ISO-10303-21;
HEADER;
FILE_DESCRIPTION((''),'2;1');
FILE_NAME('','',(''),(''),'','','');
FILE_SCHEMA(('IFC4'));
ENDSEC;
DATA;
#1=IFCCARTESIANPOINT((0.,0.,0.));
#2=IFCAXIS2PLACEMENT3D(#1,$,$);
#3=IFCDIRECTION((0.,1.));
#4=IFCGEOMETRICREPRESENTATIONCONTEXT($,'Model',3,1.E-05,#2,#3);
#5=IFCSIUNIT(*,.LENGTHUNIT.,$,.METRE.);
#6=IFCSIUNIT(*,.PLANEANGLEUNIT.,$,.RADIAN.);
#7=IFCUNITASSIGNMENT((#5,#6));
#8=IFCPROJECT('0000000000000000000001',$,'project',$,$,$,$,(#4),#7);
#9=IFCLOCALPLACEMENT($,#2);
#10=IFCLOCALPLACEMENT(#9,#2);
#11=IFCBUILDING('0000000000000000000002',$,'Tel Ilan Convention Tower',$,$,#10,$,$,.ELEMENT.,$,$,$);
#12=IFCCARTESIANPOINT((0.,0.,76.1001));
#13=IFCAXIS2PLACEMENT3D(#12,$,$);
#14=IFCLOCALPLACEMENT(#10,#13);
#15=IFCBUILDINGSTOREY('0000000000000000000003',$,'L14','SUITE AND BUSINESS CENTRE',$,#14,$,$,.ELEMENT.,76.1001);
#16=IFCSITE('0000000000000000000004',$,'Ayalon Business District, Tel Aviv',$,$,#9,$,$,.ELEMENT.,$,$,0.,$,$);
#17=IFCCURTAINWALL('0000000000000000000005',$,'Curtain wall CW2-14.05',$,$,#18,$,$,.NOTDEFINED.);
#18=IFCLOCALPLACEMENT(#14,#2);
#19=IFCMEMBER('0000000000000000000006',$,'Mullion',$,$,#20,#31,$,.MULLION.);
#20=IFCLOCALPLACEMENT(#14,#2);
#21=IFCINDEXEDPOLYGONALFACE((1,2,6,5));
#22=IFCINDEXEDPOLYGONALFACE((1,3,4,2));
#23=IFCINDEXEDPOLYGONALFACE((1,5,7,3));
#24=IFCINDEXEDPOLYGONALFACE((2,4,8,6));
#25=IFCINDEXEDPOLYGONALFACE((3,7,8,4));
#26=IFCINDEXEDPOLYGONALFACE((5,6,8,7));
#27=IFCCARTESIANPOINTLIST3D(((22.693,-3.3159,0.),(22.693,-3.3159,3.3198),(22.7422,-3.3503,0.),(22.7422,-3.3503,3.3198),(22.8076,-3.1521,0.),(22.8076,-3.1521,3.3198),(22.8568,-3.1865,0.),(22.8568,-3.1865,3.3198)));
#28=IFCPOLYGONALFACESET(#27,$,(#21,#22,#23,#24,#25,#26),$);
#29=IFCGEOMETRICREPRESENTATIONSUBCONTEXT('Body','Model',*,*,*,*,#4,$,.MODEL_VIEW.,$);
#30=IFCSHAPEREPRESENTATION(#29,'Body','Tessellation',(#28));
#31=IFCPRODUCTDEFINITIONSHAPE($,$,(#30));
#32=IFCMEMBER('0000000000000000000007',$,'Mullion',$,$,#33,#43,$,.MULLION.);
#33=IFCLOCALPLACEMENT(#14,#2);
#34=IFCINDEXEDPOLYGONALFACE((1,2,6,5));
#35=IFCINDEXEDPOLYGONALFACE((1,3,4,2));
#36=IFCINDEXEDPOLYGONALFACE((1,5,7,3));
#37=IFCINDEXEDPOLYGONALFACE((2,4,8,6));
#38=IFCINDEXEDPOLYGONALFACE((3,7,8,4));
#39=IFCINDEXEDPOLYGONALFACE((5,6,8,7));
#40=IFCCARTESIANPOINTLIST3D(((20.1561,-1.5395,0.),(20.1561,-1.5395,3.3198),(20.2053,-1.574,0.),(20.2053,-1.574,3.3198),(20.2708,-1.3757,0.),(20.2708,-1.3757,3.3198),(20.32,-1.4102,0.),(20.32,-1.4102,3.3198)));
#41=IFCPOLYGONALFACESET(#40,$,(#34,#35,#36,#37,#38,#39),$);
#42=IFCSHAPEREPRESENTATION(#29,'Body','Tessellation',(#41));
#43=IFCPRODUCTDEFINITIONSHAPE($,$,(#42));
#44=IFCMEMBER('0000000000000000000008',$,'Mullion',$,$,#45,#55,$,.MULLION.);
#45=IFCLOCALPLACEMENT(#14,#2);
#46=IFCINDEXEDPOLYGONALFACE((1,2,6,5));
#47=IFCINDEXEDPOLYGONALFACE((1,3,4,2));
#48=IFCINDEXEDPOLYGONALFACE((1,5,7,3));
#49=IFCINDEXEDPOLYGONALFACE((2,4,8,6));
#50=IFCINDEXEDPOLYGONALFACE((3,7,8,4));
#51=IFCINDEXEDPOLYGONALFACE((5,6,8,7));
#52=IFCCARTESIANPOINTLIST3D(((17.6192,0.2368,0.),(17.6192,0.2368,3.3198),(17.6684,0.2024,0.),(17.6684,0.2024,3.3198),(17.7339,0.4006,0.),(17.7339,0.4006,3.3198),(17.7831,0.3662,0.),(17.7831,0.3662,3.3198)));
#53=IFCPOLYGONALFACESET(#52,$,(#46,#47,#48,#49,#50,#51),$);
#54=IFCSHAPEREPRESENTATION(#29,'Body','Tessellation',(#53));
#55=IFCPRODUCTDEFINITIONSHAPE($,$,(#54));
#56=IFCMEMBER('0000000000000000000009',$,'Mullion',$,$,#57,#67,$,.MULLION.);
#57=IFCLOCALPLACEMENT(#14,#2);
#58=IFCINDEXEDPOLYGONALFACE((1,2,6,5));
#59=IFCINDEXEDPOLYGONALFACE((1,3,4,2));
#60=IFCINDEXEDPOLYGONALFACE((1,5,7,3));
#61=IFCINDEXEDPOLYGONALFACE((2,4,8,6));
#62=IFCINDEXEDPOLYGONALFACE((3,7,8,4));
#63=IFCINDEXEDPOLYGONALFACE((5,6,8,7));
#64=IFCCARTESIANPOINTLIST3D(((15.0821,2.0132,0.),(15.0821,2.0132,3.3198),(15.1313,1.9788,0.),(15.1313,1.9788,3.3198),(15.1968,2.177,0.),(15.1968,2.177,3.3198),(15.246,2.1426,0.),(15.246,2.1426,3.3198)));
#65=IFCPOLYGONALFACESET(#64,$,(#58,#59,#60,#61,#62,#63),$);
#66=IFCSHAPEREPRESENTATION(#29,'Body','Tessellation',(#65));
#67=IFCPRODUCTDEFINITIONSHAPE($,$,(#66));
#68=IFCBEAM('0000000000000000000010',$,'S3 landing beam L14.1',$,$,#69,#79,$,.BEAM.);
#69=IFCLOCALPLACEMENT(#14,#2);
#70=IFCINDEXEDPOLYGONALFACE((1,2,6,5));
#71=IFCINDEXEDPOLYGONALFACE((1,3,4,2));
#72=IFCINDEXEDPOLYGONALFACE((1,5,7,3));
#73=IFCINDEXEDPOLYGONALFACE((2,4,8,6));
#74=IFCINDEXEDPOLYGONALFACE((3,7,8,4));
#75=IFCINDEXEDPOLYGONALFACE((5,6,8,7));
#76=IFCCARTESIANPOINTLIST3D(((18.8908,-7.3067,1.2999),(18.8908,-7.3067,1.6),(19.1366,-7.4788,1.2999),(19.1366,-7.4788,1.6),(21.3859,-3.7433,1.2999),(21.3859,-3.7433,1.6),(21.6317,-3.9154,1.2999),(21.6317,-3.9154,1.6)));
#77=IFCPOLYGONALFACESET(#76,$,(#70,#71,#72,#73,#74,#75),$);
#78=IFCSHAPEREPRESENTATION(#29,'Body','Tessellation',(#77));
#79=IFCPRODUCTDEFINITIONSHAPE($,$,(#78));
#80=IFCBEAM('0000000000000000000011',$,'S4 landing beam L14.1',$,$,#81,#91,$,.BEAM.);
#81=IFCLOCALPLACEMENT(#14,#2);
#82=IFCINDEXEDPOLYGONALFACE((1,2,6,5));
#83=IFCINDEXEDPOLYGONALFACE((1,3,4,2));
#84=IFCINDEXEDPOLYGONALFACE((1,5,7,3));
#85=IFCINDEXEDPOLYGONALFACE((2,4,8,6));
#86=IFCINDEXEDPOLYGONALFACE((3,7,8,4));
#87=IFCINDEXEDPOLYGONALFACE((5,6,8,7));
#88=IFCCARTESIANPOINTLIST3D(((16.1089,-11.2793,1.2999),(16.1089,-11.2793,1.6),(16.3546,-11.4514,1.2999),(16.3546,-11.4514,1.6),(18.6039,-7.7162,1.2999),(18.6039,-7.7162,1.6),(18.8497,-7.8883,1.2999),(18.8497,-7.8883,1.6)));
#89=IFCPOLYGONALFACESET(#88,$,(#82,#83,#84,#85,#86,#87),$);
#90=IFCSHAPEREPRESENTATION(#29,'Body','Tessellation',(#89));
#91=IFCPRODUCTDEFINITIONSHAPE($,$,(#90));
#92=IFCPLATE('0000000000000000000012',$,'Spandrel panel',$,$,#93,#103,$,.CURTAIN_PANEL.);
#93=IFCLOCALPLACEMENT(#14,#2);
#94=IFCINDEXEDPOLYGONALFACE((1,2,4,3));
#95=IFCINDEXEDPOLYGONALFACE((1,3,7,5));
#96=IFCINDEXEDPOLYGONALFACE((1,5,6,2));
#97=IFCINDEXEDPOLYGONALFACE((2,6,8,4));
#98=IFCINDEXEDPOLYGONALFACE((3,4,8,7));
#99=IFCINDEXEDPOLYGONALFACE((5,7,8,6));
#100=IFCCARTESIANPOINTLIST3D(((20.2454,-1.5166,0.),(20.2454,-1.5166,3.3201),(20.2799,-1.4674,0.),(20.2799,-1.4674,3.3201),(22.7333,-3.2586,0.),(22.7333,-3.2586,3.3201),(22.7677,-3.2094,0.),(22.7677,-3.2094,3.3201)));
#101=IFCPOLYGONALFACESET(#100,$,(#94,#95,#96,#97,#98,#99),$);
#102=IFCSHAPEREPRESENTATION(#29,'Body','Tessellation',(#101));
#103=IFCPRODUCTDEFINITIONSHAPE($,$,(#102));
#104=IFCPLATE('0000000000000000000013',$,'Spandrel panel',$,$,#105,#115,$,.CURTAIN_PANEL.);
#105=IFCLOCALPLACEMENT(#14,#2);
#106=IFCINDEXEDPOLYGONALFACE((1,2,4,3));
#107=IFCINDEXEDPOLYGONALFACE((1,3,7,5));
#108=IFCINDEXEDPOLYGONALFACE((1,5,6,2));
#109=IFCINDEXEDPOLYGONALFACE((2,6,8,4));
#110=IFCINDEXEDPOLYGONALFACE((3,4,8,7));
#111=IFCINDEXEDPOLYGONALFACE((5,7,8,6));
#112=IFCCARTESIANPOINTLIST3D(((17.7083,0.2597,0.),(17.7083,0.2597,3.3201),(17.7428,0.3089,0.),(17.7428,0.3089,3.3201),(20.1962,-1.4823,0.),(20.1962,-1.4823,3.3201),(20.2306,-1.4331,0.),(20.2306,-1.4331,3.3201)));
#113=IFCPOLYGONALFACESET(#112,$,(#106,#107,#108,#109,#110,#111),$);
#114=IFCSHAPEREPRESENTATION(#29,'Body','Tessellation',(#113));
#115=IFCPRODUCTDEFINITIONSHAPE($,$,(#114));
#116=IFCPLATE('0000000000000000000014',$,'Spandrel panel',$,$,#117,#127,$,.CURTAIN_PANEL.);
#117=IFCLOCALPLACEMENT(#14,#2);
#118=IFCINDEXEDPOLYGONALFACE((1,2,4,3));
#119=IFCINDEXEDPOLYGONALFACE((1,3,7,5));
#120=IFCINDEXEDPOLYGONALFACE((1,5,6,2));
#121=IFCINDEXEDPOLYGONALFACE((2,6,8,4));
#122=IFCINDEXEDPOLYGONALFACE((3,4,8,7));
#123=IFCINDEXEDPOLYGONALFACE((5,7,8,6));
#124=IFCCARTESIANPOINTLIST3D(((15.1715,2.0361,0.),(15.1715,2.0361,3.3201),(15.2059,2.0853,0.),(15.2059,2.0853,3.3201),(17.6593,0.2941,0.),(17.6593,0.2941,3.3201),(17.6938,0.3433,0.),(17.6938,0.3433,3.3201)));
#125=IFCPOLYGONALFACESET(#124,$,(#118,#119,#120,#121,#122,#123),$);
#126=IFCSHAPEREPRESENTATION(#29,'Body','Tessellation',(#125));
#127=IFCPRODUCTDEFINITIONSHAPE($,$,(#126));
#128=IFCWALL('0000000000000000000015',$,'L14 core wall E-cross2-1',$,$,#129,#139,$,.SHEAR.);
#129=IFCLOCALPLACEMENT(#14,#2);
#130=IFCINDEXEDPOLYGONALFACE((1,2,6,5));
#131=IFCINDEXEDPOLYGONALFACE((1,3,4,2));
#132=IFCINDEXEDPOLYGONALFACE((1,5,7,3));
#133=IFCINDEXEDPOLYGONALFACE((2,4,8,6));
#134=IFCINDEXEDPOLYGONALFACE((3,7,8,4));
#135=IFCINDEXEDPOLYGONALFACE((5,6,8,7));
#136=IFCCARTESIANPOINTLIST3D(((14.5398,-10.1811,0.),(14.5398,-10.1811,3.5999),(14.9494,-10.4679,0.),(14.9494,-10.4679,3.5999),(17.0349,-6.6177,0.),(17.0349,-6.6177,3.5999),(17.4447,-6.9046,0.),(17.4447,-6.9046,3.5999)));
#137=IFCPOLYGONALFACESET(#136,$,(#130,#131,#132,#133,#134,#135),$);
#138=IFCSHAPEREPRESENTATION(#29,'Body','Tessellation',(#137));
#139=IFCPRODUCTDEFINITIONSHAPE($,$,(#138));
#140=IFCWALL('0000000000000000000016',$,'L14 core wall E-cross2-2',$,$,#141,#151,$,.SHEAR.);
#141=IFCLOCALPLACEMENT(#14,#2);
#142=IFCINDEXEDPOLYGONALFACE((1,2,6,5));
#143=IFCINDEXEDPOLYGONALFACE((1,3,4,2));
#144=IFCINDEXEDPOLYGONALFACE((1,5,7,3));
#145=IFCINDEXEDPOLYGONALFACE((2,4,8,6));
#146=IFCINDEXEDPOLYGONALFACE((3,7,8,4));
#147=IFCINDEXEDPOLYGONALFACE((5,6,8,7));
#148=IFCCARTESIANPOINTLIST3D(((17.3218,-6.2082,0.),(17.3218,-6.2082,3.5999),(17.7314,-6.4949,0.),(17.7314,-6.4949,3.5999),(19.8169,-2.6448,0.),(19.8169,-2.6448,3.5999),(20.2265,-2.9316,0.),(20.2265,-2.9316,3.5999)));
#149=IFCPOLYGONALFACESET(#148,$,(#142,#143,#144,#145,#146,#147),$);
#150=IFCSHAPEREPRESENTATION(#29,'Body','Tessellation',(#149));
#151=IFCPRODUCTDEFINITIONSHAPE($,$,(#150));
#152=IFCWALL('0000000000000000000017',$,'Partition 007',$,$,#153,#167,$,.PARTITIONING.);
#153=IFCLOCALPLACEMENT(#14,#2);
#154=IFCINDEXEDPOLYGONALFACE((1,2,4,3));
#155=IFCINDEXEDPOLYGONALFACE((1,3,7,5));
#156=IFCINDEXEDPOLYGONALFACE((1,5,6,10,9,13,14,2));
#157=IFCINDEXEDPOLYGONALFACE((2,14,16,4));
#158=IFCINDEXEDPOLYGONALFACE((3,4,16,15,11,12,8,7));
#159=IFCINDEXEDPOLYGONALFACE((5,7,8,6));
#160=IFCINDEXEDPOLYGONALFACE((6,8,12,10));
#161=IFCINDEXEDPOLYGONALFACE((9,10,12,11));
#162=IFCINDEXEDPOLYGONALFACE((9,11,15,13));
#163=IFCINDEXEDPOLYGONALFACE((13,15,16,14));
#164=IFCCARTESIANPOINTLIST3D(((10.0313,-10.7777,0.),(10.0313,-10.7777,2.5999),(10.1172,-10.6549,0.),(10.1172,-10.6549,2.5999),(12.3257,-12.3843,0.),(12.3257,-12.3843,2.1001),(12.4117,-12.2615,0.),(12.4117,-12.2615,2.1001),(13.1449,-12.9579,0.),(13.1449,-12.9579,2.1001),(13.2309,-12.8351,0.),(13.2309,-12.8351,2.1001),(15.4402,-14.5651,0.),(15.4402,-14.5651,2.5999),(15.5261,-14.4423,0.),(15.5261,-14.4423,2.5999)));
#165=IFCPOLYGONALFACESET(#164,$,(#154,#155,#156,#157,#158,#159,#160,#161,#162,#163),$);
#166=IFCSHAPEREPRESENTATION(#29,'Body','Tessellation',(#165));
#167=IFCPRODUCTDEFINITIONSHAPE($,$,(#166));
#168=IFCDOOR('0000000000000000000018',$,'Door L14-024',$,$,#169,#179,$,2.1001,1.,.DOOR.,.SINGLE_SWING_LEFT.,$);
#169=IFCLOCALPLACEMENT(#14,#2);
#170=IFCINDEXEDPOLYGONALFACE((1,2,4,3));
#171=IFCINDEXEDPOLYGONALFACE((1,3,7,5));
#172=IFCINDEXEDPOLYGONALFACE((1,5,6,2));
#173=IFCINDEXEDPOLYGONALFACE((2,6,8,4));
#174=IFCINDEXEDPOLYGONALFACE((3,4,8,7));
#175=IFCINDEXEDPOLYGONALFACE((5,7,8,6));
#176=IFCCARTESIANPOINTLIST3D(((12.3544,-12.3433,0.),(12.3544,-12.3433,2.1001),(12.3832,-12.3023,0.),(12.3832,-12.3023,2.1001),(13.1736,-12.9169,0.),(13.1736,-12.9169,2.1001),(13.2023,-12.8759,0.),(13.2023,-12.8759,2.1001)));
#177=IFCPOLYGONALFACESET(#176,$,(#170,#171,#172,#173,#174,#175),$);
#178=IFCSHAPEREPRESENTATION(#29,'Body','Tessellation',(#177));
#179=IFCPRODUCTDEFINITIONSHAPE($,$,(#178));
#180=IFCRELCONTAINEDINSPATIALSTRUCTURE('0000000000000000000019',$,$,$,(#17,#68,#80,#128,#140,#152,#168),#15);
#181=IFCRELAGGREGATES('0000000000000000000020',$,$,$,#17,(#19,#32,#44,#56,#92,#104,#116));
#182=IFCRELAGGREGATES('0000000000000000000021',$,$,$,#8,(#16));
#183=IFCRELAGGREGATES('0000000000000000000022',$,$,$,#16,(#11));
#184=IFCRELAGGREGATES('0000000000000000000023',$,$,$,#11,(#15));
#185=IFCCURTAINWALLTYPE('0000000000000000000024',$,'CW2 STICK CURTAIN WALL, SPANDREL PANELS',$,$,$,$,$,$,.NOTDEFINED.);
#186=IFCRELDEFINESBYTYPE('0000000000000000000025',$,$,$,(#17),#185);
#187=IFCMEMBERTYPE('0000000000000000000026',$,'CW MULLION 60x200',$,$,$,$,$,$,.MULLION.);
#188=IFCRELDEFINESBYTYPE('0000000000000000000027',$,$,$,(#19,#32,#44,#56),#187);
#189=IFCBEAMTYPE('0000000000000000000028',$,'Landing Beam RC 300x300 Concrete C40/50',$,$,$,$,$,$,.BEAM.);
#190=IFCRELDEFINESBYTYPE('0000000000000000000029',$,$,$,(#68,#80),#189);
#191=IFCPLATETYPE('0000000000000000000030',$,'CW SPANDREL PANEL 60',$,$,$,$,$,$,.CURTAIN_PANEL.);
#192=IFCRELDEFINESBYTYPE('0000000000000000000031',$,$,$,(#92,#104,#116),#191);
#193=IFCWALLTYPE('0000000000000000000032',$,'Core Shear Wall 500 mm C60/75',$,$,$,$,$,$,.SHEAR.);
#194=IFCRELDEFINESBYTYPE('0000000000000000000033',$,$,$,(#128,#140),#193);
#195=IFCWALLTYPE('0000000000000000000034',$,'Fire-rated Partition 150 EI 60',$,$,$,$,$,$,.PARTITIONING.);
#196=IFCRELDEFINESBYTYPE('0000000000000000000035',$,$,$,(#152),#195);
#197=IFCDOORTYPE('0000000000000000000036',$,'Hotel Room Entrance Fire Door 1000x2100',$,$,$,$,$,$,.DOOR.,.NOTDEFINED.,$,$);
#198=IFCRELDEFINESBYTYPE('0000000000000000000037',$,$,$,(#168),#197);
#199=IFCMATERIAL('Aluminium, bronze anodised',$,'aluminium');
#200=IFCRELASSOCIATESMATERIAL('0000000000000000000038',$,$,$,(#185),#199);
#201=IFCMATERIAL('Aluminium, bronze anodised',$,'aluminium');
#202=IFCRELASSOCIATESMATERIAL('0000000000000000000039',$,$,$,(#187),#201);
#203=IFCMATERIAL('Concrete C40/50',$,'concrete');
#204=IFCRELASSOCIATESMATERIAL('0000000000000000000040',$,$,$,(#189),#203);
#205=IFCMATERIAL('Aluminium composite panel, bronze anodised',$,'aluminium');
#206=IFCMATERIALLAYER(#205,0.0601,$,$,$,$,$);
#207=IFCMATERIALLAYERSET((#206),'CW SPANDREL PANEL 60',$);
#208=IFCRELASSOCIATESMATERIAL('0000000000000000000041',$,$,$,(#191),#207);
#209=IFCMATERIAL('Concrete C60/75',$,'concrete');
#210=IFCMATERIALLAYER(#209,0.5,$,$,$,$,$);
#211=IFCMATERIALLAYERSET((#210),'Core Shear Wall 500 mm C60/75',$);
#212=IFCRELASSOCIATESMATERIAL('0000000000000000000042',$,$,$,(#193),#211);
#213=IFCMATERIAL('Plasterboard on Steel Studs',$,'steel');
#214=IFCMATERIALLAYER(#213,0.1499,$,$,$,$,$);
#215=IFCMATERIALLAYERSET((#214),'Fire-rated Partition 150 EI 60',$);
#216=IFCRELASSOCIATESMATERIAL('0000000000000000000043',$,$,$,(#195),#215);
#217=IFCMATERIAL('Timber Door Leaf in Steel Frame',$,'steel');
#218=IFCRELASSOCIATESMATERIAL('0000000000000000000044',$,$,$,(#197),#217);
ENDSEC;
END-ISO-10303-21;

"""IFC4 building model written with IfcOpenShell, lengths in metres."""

from ifc_helpers import new_model, si_unit, direction, frame, frame_2d, origin, origin_2d, place, context, subcontext, project, spatial, polyline, rectangle, outline, extrude, material, layer, layer_set, material_profile, profile_set, type_object, element, fill, aggregate, save


model = new_model("IFC4")

# Units and contexts
model_context = context("Model", 3, precision=1e-05, world=origin(), true_north=direction((0.0, 1.0)))
body_context = subcontext(model_context, "Body", "Model", "MODEL_VIEW")
ifc_project = project(units=[si_unit("LENGTHUNIT", "METRE"), si_unit("PLANEANGLEUNIT", "RADIAN")], contexts=[model_context])

# Site, building, storey
site_placement = place(None, origin())
site = spatial("IfcSite", under=ifc_project, at=site_placement, Name="Ayalon Business District, Tel Aviv", CompositionType="ELEMENT", RefElevation=0.0)
building_placement = place(site_placement, origin())
building = spatial("IfcBuilding", under=site, at=building_placement, Name="Tel Ilan Convention Tower", CompositionType="ELEMENT")
storey_placement = place(building_placement, frame((0.0, 0.0, 76.1001)))
storey = spatial("IfcBuildingStorey", under=building, at=storey_placement, Name="L14", Description="SUITE AND BUSINESS CENTRE", CompositionType="ELEMENT", Elevation=76.1001)

# Curtain wall, members
ifc_material_1 = material(Name="Aluminium, bronze anodised", Category="aluminium")
curtain_wall_type = type_object("IfcCurtainWallType", Name="CW2 STICK CURTAIN WALL, SPANDREL PANELS", PredefinedType="NOTDEFINED", material=ifc_material_1)
curtain_wall_placement = place(storey_placement, origin())
curtain_wall = element("IfcCurtainWall", 1, at=curtain_wall_placement, inside=storey, type_object=curtain_wall_type, Name="Curtain wall CW2-14.05", PredefinedType="NOTDEFINED")
ifc_material_2 = material(Name="Aluminium, bronze anodised", Category="aluminium")
ifc_material_profile_1 = material_profile(ifc_material_2, rectangle(XDim=0.0601, YDim=0.2, at=origin_2d()), Name="CW MULLION 60x200")
ifc_profile_set_1 = profile_set([ifc_material_profile_1], Name="Aluminium, bronze anodised")
member_type = type_object("IfcMemberType", Name="CW MULLION 60x200", PredefinedType="MULLION", material=ifc_profile_set_1)
member_1_placement = place(storey_placement, frame((22.7749, -3.2512, 0.0), z_axis=(0.0, 0.0, 1.0), x_axis=(-0.819152, 0.573576, 0.0)))
member_1 = element("IfcMember", 2, at=member_1_placement, type_object=member_type, Name="Mullion", PredefinedType="MULLION", context=body_context, shape_type="SweptSolid", body=[
    extrude(rectangle(XDim=0.0601, YDim=0.2, at=origin_2d()), origin(), (0.0, 0.0, 1.0), 3.3198),
])
member_2_placement = place(storey_placement, frame((20.238, -1.4749, 0.0), z_axis=(0.0, 0.0, 1.0), x_axis=(-0.819152, 0.573576, 0.0)))
member_2 = element("IfcMember", 3, at=member_2_placement, type_object=member_type, Name="Mullion", PredefinedType="MULLION", context=body_context, shape_type="SweptSolid", body=[
    extrude(rectangle(XDim=0.0601, YDim=0.2, at=origin_2d()), origin(), (0.0, 0.0, 1.0), 3.3198),
])
member_3_placement = place(storey_placement, frame((17.7012, 0.3015, 0.0), z_axis=(0.0, 0.0, 1.0), x_axis=(-0.819152, 0.573576, 0.0)))
member_3 = element("IfcMember", 4, at=member_3_placement, type_object=member_type, Name="Mullion", PredefinedType="MULLION", context=body_context, shape_type="SweptSolid", body=[
    extrude(rectangle(XDim=0.0601, YDim=0.2, at=origin_2d()), origin(), (0.0, 0.0, 1.0), 3.3198),
])
member_4_placement = place(storey_placement, frame((15.1641, 2.0779, 0.0), z_axis=(0.0, 0.0, 1.0), x_axis=(-0.819152, 0.573576, 0.0)))
member_4 = element("IfcMember", 5, at=member_4_placement, type_object=member_type, Name="Mullion", PredefinedType="MULLION", context=body_context, shape_type="SweptSolid", body=[
    extrude(rectangle(XDim=0.0601, YDim=0.2, at=origin_2d()), origin(), (0.0, 0.0, 1.0), 3.3198),
])

# Beams
ifc_material_3 = material(Name="Concrete C40/50", Category="concrete")
ifc_material_profile_2 = material_profile(ifc_material_3, rectangle(XDim=0.3, YDim=0.3, at=origin_2d()), Name="RC 300x300")
ifc_profile_set_2 = profile_set([ifc_material_profile_2], Name="Concrete C40/50")
beam_type = type_object("IfcBeamType", Name="Landing Beam RC 300x300 Concrete C40/50", PredefinedType="BEAM", material=ifc_profile_set_2)
beam_1_placement = place(storey_placement, frame((21.5088, -3.8293, 1.45), z_axis=(-0.573568, -0.819158, 0.0), x_axis=(0.819158, -0.573568, 0.0)))
element("IfcBeam", 6, at=beam_1_placement, inside=storey, type_object=beam_type, Name="S3 landing beam L14.1", PredefinedType="BEAM", context=body_context, shape_type="SweptSolid", body=[
    extrude(rectangle(XDim=0.3, YDim=0.3, at=origin_2d()), origin(), (0.0, 0.0, 1.0), 4.3501),
])
beam_2_placement = place(storey_placement, frame((18.7268, -7.8022, 1.45), z_axis=(-0.573594, -0.81914, 0.0), x_axis=(0.81914, -0.573594, 0.0)))
element("IfcBeam", 7, at=beam_2_placement, inside=storey, type_object=beam_type, Name="S4 landing beam L14.1", PredefinedType="BEAM", context=body_context, shape_type="SweptSolid", body=[
    extrude(rectangle(XDim=0.3, YDim=0.3, at=origin_2d()), origin(), (0.0, 0.0, 1.0), 4.3499),
])

# Plates
ifc_material_4 = material(Name="Aluminium composite panel, bronze anodised", Category="aluminium")
ifc_layer_1 = layer(ifc_material_4, 0.0601)
ifc_layer_set_1 = layer_set([ifc_layer_1], Name="CW SPANDREL PANEL 60")
plate_type = type_object("IfcPlateType", Name="CW SPANDREL PANEL 60", PredefinedType="CURTAIN_PANEL", material=ifc_layer_set_1)
plate_1_placement = place(storey_placement, frame((21.5066, -2.363, 0.0), z_axis=(0.0, 0.0, 1.0), x_axis=(-0.819152, 0.573576, 0.0)))
plate_1 = element("IfcPlate", 8, at=plate_1_placement, type_object=plate_type, Name="Spandrel panel", PredefinedType="CURTAIN_PANEL", context=body_context, shape_type="SweptSolid", body=[
    extrude(rectangle(XDim=3.0371, YDim=0.0601, at=origin_2d()), origin(), (0.0, 0.0, 1.0), 3.3201),
])
plate_2_placement = place(storey_placement, frame((18.9695, -0.5867, 0.0), z_axis=(0.0, 0.0, 1.0), x_axis=(-0.819152, 0.573576, 0.0)))
plate_2 = element("IfcPlate", 9, at=plate_2_placement, type_object=plate_type, Name="Spandrel panel", PredefinedType="CURTAIN_PANEL", context=body_context, shape_type="SweptSolid", body=[
    extrude(rectangle(XDim=3.0371, YDim=0.0601, at=origin_2d()), origin(), (0.0, 0.0, 1.0), 3.3201),
])
plate_3_placement = place(storey_placement, frame((16.4326, 1.1897, 0.0), z_axis=(0.0, 0.0, 1.0), x_axis=(-0.819152, 0.573576, 0.0)))
plate_3 = element("IfcPlate", 10, at=plate_3_placement, type_object=plate_type, Name="Spandrel panel", PredefinedType="CURTAIN_PANEL", context=body_context, shape_type="SweptSolid", body=[
    extrude(rectangle(XDim=3.0371, YDim=0.0601, at=origin_2d()), origin(), (0.0, 0.0, 1.0), 3.3201),
])
aggregate(curtain_wall, [member_1, member_2, member_3, member_4, plate_1, plate_2, plate_3])

# Walls
ifc_material_5 = material(Name="Concrete C60/75", Category="concrete")
ifc_layer_2 = layer(ifc_material_5, 0.5)
ifc_layer_set_2 = layer_set([ifc_layer_2], Name="Core Shear Wall 500 mm C60/75")
wall_type_1 = type_object("IfcWallType", Name="Core Shear Wall 500 mm C60/75", PredefinedType="SHEAR", material=ifc_layer_set_2)
wall_1_placement = place(storey_placement, frame((14.7446, -10.3245, 0.0), z_axis=(0.0, 0.0, 1.0), x_axis=(0.573568, 0.819158, 0.0)))
element("IfcWall", 11, at=wall_1_placement, inside=storey, type_object=wall_type_1, Name="L14 core wall E-cross2-1", PredefinedType="SHEAR", context=body_context, shape_type="SweptSolid", body=[
    extrude(outline(polyline([(0.0, 0.25), (0.0, -0.25), (4.3501, -0.2502), (4.3501, 0.25), (0.0, 0.25)])), origin(), (0.0, 0.0, 1.0), 3.5999),
])
wall_2_placement = place(storey_placement, frame((17.5266, -6.3516, 0.0), z_axis=(0.0, 0.0, 1.0), x_axis=(0.57353, 0.819184, 0.0)))
element("IfcWall", 12, at=wall_2_placement, inside=storey, type_object=wall_type_1, Name="L14 core wall E-cross2-2", PredefinedType="SHEAR", context=body_context, shape_type="SweptSolid", body=[
    extrude(outline(polyline([(4.3501, -0.2502), (4.3501, 0.2498), (0.0, 0.25), (0.0, -0.25), (4.3501, -0.2502)])), origin(), (0.0, 0.0, 1.0), 3.5999),
])

# Wall, opening, door
ifc_material_6 = material(Name="Plasterboard on Steel Studs", Category="steel")
ifc_layer_3 = layer(ifc_material_6, 0.1499)
ifc_layer_set_3 = layer_set([ifc_layer_3], Name="Fire-rated Partition 150 EI 60")
wall_type_2 = type_object("IfcWallType", Name="Fire-rated Partition 150 EI 60", PredefinedType="PARTITIONING", material=ifc_layer_set_3)
wall_3_placement = place(storey_placement, frame((15.4832, -14.5037, 0.0), z_axis=(0.0, 0.0, 1.0), x_axis=(-0.819154, 0.573574, 0.0)))
wall_3 = element("IfcWall", 13, at=wall_3_placement, inside=storey, type_object=wall_type_2, Name="Partition 007", PredefinedType="PARTITIONING", context=body_context, shape_type="SweptSolid", body=[
    extrude(rectangle(XDim=6.603, YDim=0.1499, at=frame_2d((3.3015, 0.0))), origin(), (0.0, 0.0, 1.0), 2.5999),
])
opening_placement = place(wall_3_placement, frame((2.802, 0.0, 0.0)))
opening = element("IfcOpeningElement", 14, at=opening_placement, cuts=wall_3, PredefinedType="OPENING", context=body_context, shape_type="SweptSolid", body=[
    extrude(rectangle(XDim=1.0, YDim=2.1001, at=frame_2d((0.5, 1.05))), frame((0.0, 0.085, 0.0), z_axis=(0.0, -1.0, 0.0), x_axis=(1.0, 0.0, 0.0)), (0.0, 0.0, 1.0), 0.1699),
])
ifc_material_7 = material(Name="Timber Door Leaf in Steel Frame", Category="steel")
door_type = type_object("IfcDoorType", Name="Hotel Room Entrance Fire Door 1000x2100", OperationType="NOTDEFINED", PredefinedType="DOOR", material=ifc_material_7)
door_placement = place(opening_placement, origin())
door = element("IfcDoor", 15, at=door_placement, inside=storey, type_object=door_type, Name="Door L14-024", OperationType="SINGLE_SWING_LEFT", OverallHeight=2.1001, OverallWidth=1.0, PredefinedType="DOOR", context=body_context, shape_type="SweptSolid", body=[
    extrude(rectangle(XDim=1.0, YDim=2.1001, at=frame_2d((0.5, 1.05))), frame((0.0, 0.0249, 0.0), z_axis=(0.0, -1.0, 0.0), x_axis=(1.0, 0.0, 0.0)), (0.0, 0.0, 1.0), 0.05),
])
fill(opening, door)

save(model, "model.ifc")
